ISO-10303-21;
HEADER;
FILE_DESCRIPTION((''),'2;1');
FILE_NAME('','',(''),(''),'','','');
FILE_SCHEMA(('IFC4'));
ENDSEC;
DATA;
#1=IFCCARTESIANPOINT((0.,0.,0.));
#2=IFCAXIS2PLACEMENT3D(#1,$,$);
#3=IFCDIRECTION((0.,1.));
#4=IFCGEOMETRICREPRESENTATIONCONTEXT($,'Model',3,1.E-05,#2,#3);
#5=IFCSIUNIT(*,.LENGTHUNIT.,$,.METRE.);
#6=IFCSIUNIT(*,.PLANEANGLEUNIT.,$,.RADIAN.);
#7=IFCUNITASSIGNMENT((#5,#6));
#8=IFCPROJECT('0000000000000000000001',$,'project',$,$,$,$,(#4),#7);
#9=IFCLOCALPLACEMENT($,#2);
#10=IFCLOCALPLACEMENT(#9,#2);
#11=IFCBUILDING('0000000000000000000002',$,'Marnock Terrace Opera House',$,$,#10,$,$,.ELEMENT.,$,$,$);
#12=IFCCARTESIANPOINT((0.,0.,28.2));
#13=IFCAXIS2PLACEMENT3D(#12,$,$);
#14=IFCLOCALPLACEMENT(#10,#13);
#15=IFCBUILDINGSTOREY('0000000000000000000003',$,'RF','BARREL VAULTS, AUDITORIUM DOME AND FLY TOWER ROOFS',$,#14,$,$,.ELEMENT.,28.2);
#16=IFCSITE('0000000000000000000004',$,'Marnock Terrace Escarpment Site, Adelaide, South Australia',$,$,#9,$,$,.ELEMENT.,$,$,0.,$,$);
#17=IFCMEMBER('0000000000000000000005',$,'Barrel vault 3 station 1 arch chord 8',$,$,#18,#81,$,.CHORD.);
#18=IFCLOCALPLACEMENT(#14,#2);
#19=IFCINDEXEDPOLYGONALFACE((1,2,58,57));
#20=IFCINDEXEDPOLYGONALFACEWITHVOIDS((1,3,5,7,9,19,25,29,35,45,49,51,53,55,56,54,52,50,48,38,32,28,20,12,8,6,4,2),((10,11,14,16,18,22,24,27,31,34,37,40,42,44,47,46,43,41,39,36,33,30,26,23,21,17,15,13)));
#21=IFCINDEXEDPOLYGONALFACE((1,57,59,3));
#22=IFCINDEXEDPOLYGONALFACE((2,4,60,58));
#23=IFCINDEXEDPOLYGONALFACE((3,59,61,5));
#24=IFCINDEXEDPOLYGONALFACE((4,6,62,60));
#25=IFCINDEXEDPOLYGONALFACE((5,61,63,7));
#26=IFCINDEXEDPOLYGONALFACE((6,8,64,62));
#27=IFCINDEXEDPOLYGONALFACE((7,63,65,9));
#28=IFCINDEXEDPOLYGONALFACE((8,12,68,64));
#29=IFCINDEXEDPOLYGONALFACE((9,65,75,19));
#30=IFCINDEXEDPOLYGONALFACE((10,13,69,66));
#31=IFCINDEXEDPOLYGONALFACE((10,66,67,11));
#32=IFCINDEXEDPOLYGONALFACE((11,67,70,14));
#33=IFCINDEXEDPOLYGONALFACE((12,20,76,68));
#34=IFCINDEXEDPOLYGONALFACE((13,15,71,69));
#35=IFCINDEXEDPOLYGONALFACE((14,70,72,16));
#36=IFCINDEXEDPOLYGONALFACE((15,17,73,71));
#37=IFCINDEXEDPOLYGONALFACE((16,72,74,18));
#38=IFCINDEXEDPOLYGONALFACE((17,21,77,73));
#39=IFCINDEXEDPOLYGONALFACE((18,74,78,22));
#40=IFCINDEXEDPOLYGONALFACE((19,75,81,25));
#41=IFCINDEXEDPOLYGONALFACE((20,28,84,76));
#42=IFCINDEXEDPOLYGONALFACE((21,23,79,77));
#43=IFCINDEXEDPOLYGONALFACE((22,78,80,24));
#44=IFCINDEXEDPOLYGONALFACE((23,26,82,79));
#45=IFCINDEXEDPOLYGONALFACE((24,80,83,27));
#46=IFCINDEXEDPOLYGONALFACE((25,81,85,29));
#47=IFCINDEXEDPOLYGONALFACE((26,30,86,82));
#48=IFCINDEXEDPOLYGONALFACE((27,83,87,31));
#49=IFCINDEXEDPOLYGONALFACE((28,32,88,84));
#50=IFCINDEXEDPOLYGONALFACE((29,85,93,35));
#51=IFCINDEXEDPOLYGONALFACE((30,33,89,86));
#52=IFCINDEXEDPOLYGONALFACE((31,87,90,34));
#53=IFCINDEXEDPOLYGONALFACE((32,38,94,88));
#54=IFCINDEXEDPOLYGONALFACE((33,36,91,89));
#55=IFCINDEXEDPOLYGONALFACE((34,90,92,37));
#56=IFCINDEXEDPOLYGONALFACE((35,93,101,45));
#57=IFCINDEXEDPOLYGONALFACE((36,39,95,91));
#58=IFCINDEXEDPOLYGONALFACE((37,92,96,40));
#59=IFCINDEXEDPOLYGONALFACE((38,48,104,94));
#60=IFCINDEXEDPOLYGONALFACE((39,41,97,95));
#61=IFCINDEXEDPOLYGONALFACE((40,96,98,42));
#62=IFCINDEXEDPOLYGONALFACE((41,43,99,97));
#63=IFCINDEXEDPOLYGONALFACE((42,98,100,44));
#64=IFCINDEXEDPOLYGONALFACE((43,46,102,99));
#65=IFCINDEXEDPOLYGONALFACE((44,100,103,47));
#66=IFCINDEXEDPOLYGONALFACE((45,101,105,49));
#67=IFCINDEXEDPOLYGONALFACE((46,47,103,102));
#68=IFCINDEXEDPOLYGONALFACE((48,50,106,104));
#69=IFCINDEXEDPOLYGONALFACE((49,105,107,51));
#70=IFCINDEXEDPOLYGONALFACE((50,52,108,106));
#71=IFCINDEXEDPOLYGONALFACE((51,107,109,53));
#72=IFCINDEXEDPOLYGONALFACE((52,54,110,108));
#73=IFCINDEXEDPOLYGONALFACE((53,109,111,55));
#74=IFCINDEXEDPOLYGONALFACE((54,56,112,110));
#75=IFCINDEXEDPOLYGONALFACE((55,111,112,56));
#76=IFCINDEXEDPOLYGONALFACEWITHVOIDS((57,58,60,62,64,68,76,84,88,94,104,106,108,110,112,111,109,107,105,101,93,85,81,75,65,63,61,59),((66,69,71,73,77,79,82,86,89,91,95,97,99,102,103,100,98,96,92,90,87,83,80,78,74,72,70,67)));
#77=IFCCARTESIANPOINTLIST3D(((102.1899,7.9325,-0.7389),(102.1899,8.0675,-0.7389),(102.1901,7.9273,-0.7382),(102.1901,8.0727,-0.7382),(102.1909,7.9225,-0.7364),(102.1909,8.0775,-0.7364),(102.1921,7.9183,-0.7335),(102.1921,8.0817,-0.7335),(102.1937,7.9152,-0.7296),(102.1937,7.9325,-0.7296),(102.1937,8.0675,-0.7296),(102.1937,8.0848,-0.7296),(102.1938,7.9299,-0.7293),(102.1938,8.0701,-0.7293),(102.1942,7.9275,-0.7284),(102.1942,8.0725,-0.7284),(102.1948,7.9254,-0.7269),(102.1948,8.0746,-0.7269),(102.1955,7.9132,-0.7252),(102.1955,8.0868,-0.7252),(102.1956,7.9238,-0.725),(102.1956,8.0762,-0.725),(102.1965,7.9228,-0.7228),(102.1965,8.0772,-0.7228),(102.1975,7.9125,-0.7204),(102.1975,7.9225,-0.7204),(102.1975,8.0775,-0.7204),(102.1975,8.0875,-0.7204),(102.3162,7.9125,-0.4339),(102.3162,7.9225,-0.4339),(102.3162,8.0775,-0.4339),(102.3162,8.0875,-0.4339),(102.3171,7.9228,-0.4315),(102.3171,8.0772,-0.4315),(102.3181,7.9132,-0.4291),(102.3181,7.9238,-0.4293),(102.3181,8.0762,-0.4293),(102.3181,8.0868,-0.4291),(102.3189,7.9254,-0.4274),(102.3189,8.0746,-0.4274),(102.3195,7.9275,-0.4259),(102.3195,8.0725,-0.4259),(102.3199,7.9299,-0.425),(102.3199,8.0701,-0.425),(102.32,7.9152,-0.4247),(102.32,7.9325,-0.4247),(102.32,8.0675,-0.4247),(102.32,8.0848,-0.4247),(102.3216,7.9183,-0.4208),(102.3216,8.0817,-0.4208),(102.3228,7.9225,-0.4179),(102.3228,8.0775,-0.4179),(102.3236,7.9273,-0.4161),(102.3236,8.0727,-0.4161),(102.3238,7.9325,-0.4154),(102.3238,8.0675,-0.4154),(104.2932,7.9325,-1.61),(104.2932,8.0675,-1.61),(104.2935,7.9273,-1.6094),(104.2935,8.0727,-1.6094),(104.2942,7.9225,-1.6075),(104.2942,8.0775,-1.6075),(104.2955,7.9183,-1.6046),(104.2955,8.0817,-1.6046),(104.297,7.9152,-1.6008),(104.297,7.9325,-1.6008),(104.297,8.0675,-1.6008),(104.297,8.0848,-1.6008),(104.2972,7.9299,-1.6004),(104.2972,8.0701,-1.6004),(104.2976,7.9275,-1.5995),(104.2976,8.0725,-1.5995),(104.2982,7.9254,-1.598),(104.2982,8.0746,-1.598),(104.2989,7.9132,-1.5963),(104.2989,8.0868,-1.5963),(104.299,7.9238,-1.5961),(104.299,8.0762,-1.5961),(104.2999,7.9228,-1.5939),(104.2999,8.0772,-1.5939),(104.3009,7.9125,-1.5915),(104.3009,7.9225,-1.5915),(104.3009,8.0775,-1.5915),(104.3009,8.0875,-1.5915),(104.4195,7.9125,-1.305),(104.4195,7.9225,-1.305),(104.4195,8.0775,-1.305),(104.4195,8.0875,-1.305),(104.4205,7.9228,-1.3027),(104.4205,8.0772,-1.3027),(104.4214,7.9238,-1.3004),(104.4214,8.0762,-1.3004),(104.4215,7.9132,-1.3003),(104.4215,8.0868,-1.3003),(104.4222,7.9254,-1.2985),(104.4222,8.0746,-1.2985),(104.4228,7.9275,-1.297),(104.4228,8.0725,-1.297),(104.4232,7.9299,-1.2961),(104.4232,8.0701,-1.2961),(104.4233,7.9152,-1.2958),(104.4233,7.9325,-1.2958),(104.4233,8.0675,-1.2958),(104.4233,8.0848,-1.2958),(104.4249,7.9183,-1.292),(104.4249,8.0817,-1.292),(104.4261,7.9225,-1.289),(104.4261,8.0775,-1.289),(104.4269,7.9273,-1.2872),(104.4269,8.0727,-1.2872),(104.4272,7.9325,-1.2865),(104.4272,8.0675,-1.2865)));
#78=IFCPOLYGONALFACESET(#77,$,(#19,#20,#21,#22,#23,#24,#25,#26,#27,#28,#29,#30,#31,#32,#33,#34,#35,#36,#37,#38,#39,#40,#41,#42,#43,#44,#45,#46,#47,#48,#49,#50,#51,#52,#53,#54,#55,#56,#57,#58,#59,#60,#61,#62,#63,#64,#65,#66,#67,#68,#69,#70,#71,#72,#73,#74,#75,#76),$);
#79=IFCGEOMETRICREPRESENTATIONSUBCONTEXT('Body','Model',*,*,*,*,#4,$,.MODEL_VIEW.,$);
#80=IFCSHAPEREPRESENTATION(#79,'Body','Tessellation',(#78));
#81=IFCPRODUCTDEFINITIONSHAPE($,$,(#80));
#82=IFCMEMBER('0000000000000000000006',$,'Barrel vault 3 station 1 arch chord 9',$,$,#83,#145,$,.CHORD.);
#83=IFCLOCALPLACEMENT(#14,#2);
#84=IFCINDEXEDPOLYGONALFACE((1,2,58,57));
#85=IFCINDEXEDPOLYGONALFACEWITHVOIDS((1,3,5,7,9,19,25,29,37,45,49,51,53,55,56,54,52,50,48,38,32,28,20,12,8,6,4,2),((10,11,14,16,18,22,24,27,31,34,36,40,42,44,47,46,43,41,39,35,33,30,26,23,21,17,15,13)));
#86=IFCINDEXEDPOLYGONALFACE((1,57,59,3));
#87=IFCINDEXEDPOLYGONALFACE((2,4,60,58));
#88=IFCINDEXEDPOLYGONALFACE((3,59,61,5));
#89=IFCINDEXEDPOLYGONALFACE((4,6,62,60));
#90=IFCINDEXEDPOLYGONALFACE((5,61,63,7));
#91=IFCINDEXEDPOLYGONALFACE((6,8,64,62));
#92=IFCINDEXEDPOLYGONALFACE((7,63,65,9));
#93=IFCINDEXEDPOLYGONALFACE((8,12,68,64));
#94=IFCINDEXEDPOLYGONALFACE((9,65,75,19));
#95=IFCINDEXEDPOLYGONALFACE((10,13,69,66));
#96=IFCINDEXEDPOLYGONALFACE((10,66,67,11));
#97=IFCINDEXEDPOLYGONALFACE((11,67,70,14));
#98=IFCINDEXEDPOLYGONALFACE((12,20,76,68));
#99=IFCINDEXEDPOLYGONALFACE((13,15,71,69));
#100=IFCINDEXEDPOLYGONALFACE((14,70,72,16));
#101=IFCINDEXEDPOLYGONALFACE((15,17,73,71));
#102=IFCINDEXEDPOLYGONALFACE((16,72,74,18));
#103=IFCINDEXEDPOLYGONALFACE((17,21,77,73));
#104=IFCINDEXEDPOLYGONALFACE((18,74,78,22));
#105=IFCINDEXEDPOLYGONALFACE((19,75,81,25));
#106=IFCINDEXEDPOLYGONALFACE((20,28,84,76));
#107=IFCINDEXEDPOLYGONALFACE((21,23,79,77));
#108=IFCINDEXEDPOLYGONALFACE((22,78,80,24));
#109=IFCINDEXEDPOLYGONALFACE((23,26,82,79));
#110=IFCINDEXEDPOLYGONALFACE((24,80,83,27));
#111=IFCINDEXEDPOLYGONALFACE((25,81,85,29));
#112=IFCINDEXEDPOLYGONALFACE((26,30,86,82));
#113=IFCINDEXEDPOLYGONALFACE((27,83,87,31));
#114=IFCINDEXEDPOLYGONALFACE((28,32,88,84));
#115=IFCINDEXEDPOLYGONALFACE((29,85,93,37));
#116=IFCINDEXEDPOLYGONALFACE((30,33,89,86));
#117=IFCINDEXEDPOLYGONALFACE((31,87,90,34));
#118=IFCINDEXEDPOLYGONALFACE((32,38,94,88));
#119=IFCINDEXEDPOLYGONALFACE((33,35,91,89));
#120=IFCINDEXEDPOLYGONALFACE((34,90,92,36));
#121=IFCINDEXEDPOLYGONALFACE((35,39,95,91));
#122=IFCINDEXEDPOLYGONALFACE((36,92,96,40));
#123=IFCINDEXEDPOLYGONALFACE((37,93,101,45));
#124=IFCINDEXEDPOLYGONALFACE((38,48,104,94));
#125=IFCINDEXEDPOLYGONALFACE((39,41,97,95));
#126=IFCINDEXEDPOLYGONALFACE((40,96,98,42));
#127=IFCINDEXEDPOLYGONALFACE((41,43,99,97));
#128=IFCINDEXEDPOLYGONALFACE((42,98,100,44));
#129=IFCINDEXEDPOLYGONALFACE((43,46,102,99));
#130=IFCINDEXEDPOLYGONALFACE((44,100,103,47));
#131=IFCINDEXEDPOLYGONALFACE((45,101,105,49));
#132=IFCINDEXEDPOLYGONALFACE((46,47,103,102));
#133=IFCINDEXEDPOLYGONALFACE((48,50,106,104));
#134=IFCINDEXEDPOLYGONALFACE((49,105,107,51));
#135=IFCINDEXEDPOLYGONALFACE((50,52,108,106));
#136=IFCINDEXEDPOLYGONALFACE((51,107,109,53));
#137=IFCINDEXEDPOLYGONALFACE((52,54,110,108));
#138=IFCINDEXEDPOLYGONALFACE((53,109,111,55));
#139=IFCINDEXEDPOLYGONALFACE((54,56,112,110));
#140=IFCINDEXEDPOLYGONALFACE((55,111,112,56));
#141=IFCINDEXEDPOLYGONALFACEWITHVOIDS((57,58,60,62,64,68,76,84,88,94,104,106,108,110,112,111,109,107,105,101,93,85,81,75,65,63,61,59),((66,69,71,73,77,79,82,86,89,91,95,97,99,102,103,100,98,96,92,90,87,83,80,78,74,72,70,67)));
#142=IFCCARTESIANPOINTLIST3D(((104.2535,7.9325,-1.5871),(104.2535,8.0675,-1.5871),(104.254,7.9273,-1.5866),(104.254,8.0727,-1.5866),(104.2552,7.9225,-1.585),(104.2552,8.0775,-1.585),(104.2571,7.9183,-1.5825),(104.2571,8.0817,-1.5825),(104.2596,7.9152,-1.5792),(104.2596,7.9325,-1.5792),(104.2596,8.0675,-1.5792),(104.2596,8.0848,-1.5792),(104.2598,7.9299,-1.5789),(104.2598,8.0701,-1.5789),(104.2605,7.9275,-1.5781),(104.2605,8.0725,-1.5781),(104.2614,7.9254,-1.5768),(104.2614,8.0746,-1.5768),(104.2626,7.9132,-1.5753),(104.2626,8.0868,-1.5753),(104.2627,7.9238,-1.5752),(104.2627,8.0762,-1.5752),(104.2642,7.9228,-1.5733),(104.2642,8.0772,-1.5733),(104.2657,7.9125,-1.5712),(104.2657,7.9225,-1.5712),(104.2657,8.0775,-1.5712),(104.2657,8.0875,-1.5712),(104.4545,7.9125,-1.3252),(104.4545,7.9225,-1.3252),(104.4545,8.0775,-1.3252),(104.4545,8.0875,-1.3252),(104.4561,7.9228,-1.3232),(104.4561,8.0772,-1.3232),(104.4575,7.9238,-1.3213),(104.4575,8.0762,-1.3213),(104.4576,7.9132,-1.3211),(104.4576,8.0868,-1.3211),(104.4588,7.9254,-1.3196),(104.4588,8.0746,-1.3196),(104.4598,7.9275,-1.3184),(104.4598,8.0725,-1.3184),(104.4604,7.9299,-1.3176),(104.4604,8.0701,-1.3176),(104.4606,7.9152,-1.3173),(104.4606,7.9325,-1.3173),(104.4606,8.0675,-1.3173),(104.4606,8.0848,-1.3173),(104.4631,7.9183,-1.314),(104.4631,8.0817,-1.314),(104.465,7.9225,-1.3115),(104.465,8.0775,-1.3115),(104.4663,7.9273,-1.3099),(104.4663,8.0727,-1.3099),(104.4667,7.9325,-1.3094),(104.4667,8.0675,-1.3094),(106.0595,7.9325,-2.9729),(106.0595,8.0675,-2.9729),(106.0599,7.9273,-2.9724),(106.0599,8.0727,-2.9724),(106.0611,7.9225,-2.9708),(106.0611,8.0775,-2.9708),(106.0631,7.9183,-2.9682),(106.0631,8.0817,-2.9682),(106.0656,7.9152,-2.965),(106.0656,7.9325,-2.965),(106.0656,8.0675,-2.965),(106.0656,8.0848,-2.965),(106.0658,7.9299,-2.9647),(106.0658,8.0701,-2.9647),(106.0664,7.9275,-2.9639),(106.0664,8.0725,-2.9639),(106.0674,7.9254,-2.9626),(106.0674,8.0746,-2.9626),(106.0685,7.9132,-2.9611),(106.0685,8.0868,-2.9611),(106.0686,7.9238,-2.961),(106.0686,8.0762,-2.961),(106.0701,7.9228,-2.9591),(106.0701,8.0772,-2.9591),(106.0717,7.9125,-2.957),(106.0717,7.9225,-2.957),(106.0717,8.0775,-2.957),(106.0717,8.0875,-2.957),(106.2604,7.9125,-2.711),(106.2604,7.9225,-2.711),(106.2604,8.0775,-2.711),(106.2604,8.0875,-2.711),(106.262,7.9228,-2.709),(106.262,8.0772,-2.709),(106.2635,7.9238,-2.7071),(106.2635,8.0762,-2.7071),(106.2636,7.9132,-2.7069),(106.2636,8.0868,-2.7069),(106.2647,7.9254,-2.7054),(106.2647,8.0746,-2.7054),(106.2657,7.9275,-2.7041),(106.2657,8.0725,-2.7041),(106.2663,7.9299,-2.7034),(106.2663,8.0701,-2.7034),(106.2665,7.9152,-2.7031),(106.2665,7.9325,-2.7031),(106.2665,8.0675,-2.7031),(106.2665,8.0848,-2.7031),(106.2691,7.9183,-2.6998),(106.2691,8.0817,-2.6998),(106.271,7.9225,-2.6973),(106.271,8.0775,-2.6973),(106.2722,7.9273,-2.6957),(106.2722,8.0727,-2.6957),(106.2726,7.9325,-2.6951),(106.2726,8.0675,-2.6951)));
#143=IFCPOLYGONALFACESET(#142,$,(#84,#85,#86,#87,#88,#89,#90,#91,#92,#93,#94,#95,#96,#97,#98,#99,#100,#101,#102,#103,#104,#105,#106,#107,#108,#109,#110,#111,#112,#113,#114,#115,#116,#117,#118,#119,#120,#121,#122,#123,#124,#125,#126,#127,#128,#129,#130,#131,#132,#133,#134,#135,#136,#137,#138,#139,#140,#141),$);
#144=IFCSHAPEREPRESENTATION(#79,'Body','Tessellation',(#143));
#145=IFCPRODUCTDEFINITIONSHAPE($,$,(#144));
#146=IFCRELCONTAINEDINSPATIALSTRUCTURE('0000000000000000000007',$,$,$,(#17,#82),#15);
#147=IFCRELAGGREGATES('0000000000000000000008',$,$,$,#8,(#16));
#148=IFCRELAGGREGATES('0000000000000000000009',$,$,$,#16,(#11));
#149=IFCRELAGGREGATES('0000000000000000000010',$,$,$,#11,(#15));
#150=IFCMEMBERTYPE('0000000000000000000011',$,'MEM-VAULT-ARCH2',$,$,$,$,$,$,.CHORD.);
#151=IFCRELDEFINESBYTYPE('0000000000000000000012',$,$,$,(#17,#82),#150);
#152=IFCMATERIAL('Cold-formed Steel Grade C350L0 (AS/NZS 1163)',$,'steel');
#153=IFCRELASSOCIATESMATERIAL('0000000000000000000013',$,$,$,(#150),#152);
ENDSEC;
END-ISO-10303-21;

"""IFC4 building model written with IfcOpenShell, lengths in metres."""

from ifc_helpers import new_model, si_unit, direction, frame, origin, origin_2d, place, context, subcontext, project, spatial, hollow_rectangle, extrude, material, material_profile, profile_set, type_object, element, save


model = new_model("IFC4")

# Units and contexts
model_context = context("Model", 3, precision=1e-05, world=origin(), true_north=direction((0.0, 1.0)))
body_context = subcontext(model_context, "Body", "Model", "MODEL_VIEW")
ifc_project = project(units=[si_unit("LENGTHUNIT", "METRE"), si_unit("PLANEANGLEUNIT", "RADIAN")], contexts=[model_context])

# Site, building, storey
site_placement = place(None, origin())
site = spatial("IfcSite", under=ifc_project, at=site_placement, Name="Marnock Terrace Escarpment Site, Adelaide, South Australia", CompositionType="ELEMENT", RefElevation=0.0)
building_placement = place(site_placement, origin())
building = spatial("IfcBuilding", under=site, at=building_placement, Name="Marnock Terrace Opera House", CompositionType="ELEMENT")
storey_placement = place(building_placement, frame((0.0, 0.0, 28.2)))
storey = spatial("IfcBuildingStorey", under=building, at=storey_placement, Name="RF", Description="BARREL VAULTS, AUDITORIUM DOME AND FLY TOWER ROOFS", CompositionType="ELEMENT", Elevation=28.2)

# Members
ifc_material_1 = material(Name="Cold-formed Steel Grade C350L0 (AS/NZS 1163)", Category="steel")
ifc_material_profile_1 = material_profile(ifc_material_1, hollow_rectangle(XDim=0.175, YDim=0.3501, WallThickness=0.01, InnerFilletRadius=0.01, OuterFilletRadius=0.02, at=origin_2d()))
ifc_profile_set_1 = profile_set([ifc_material_profile_1], Name="Cold-formed Steel Grade C350L0 (AS/NZS 1163)")
member_type_1 = type_object("IfcMemberType", Name="MEM-VAULT-ARCH2", PredefinedType="CHORD", material=ifc_profile_set_1)
member_1_placement = place(storey_placement, frame((102.2568, 8.0, -0.5771), z_axis=(0.923897, 0.0, -0.382642), x_axis=(0.0, 1.0, 0.0)))
element("IfcMember", 1, at=member_1_placement, inside=storey, type_object=member_type_1, Name="Barrel vault 3 station 1 arch chord 8", PredefinedType="CHORD", context=body_context, shape_type="SweptSolid", body=[
    extrude(hollow_rectangle(XDim=0.175, YDim=0.3501, WallThickness=0.01, InnerFilletRadius=0.01, OuterFilletRadius=0.02, at=origin_2d()), origin(), (0.0, 0.0, 1.0), 2.2766),
])
for number, where, z_axis, x_axis, name in (
    (2, (104.3601, 8.0, -1.4482), (0.793349, 0.0, -0.608767), (0.0, 1.0, 0.0), "Barrel vault 3 station 1 arch chord 9"),
):
    element("IfcMember", number, at=place(storey_placement, frame(where, z_axis=z_axis, x_axis=x_axis)), inside=storey, type_object=member_type_1, Name=name, PredefinedType="CHORD", context=body_context, shape_type="SweptSolid", body=[
        extrude(hollow_rectangle(XDim=0.175, YDim=0.3501, WallThickness=0.01, InnerFilletRadius=0.01, OuterFilletRadius=0.02, at=origin_2d()), origin(), (0.0, 0.0, 1.0), 2.2764),
    ])

save(model, "model.ifc")
